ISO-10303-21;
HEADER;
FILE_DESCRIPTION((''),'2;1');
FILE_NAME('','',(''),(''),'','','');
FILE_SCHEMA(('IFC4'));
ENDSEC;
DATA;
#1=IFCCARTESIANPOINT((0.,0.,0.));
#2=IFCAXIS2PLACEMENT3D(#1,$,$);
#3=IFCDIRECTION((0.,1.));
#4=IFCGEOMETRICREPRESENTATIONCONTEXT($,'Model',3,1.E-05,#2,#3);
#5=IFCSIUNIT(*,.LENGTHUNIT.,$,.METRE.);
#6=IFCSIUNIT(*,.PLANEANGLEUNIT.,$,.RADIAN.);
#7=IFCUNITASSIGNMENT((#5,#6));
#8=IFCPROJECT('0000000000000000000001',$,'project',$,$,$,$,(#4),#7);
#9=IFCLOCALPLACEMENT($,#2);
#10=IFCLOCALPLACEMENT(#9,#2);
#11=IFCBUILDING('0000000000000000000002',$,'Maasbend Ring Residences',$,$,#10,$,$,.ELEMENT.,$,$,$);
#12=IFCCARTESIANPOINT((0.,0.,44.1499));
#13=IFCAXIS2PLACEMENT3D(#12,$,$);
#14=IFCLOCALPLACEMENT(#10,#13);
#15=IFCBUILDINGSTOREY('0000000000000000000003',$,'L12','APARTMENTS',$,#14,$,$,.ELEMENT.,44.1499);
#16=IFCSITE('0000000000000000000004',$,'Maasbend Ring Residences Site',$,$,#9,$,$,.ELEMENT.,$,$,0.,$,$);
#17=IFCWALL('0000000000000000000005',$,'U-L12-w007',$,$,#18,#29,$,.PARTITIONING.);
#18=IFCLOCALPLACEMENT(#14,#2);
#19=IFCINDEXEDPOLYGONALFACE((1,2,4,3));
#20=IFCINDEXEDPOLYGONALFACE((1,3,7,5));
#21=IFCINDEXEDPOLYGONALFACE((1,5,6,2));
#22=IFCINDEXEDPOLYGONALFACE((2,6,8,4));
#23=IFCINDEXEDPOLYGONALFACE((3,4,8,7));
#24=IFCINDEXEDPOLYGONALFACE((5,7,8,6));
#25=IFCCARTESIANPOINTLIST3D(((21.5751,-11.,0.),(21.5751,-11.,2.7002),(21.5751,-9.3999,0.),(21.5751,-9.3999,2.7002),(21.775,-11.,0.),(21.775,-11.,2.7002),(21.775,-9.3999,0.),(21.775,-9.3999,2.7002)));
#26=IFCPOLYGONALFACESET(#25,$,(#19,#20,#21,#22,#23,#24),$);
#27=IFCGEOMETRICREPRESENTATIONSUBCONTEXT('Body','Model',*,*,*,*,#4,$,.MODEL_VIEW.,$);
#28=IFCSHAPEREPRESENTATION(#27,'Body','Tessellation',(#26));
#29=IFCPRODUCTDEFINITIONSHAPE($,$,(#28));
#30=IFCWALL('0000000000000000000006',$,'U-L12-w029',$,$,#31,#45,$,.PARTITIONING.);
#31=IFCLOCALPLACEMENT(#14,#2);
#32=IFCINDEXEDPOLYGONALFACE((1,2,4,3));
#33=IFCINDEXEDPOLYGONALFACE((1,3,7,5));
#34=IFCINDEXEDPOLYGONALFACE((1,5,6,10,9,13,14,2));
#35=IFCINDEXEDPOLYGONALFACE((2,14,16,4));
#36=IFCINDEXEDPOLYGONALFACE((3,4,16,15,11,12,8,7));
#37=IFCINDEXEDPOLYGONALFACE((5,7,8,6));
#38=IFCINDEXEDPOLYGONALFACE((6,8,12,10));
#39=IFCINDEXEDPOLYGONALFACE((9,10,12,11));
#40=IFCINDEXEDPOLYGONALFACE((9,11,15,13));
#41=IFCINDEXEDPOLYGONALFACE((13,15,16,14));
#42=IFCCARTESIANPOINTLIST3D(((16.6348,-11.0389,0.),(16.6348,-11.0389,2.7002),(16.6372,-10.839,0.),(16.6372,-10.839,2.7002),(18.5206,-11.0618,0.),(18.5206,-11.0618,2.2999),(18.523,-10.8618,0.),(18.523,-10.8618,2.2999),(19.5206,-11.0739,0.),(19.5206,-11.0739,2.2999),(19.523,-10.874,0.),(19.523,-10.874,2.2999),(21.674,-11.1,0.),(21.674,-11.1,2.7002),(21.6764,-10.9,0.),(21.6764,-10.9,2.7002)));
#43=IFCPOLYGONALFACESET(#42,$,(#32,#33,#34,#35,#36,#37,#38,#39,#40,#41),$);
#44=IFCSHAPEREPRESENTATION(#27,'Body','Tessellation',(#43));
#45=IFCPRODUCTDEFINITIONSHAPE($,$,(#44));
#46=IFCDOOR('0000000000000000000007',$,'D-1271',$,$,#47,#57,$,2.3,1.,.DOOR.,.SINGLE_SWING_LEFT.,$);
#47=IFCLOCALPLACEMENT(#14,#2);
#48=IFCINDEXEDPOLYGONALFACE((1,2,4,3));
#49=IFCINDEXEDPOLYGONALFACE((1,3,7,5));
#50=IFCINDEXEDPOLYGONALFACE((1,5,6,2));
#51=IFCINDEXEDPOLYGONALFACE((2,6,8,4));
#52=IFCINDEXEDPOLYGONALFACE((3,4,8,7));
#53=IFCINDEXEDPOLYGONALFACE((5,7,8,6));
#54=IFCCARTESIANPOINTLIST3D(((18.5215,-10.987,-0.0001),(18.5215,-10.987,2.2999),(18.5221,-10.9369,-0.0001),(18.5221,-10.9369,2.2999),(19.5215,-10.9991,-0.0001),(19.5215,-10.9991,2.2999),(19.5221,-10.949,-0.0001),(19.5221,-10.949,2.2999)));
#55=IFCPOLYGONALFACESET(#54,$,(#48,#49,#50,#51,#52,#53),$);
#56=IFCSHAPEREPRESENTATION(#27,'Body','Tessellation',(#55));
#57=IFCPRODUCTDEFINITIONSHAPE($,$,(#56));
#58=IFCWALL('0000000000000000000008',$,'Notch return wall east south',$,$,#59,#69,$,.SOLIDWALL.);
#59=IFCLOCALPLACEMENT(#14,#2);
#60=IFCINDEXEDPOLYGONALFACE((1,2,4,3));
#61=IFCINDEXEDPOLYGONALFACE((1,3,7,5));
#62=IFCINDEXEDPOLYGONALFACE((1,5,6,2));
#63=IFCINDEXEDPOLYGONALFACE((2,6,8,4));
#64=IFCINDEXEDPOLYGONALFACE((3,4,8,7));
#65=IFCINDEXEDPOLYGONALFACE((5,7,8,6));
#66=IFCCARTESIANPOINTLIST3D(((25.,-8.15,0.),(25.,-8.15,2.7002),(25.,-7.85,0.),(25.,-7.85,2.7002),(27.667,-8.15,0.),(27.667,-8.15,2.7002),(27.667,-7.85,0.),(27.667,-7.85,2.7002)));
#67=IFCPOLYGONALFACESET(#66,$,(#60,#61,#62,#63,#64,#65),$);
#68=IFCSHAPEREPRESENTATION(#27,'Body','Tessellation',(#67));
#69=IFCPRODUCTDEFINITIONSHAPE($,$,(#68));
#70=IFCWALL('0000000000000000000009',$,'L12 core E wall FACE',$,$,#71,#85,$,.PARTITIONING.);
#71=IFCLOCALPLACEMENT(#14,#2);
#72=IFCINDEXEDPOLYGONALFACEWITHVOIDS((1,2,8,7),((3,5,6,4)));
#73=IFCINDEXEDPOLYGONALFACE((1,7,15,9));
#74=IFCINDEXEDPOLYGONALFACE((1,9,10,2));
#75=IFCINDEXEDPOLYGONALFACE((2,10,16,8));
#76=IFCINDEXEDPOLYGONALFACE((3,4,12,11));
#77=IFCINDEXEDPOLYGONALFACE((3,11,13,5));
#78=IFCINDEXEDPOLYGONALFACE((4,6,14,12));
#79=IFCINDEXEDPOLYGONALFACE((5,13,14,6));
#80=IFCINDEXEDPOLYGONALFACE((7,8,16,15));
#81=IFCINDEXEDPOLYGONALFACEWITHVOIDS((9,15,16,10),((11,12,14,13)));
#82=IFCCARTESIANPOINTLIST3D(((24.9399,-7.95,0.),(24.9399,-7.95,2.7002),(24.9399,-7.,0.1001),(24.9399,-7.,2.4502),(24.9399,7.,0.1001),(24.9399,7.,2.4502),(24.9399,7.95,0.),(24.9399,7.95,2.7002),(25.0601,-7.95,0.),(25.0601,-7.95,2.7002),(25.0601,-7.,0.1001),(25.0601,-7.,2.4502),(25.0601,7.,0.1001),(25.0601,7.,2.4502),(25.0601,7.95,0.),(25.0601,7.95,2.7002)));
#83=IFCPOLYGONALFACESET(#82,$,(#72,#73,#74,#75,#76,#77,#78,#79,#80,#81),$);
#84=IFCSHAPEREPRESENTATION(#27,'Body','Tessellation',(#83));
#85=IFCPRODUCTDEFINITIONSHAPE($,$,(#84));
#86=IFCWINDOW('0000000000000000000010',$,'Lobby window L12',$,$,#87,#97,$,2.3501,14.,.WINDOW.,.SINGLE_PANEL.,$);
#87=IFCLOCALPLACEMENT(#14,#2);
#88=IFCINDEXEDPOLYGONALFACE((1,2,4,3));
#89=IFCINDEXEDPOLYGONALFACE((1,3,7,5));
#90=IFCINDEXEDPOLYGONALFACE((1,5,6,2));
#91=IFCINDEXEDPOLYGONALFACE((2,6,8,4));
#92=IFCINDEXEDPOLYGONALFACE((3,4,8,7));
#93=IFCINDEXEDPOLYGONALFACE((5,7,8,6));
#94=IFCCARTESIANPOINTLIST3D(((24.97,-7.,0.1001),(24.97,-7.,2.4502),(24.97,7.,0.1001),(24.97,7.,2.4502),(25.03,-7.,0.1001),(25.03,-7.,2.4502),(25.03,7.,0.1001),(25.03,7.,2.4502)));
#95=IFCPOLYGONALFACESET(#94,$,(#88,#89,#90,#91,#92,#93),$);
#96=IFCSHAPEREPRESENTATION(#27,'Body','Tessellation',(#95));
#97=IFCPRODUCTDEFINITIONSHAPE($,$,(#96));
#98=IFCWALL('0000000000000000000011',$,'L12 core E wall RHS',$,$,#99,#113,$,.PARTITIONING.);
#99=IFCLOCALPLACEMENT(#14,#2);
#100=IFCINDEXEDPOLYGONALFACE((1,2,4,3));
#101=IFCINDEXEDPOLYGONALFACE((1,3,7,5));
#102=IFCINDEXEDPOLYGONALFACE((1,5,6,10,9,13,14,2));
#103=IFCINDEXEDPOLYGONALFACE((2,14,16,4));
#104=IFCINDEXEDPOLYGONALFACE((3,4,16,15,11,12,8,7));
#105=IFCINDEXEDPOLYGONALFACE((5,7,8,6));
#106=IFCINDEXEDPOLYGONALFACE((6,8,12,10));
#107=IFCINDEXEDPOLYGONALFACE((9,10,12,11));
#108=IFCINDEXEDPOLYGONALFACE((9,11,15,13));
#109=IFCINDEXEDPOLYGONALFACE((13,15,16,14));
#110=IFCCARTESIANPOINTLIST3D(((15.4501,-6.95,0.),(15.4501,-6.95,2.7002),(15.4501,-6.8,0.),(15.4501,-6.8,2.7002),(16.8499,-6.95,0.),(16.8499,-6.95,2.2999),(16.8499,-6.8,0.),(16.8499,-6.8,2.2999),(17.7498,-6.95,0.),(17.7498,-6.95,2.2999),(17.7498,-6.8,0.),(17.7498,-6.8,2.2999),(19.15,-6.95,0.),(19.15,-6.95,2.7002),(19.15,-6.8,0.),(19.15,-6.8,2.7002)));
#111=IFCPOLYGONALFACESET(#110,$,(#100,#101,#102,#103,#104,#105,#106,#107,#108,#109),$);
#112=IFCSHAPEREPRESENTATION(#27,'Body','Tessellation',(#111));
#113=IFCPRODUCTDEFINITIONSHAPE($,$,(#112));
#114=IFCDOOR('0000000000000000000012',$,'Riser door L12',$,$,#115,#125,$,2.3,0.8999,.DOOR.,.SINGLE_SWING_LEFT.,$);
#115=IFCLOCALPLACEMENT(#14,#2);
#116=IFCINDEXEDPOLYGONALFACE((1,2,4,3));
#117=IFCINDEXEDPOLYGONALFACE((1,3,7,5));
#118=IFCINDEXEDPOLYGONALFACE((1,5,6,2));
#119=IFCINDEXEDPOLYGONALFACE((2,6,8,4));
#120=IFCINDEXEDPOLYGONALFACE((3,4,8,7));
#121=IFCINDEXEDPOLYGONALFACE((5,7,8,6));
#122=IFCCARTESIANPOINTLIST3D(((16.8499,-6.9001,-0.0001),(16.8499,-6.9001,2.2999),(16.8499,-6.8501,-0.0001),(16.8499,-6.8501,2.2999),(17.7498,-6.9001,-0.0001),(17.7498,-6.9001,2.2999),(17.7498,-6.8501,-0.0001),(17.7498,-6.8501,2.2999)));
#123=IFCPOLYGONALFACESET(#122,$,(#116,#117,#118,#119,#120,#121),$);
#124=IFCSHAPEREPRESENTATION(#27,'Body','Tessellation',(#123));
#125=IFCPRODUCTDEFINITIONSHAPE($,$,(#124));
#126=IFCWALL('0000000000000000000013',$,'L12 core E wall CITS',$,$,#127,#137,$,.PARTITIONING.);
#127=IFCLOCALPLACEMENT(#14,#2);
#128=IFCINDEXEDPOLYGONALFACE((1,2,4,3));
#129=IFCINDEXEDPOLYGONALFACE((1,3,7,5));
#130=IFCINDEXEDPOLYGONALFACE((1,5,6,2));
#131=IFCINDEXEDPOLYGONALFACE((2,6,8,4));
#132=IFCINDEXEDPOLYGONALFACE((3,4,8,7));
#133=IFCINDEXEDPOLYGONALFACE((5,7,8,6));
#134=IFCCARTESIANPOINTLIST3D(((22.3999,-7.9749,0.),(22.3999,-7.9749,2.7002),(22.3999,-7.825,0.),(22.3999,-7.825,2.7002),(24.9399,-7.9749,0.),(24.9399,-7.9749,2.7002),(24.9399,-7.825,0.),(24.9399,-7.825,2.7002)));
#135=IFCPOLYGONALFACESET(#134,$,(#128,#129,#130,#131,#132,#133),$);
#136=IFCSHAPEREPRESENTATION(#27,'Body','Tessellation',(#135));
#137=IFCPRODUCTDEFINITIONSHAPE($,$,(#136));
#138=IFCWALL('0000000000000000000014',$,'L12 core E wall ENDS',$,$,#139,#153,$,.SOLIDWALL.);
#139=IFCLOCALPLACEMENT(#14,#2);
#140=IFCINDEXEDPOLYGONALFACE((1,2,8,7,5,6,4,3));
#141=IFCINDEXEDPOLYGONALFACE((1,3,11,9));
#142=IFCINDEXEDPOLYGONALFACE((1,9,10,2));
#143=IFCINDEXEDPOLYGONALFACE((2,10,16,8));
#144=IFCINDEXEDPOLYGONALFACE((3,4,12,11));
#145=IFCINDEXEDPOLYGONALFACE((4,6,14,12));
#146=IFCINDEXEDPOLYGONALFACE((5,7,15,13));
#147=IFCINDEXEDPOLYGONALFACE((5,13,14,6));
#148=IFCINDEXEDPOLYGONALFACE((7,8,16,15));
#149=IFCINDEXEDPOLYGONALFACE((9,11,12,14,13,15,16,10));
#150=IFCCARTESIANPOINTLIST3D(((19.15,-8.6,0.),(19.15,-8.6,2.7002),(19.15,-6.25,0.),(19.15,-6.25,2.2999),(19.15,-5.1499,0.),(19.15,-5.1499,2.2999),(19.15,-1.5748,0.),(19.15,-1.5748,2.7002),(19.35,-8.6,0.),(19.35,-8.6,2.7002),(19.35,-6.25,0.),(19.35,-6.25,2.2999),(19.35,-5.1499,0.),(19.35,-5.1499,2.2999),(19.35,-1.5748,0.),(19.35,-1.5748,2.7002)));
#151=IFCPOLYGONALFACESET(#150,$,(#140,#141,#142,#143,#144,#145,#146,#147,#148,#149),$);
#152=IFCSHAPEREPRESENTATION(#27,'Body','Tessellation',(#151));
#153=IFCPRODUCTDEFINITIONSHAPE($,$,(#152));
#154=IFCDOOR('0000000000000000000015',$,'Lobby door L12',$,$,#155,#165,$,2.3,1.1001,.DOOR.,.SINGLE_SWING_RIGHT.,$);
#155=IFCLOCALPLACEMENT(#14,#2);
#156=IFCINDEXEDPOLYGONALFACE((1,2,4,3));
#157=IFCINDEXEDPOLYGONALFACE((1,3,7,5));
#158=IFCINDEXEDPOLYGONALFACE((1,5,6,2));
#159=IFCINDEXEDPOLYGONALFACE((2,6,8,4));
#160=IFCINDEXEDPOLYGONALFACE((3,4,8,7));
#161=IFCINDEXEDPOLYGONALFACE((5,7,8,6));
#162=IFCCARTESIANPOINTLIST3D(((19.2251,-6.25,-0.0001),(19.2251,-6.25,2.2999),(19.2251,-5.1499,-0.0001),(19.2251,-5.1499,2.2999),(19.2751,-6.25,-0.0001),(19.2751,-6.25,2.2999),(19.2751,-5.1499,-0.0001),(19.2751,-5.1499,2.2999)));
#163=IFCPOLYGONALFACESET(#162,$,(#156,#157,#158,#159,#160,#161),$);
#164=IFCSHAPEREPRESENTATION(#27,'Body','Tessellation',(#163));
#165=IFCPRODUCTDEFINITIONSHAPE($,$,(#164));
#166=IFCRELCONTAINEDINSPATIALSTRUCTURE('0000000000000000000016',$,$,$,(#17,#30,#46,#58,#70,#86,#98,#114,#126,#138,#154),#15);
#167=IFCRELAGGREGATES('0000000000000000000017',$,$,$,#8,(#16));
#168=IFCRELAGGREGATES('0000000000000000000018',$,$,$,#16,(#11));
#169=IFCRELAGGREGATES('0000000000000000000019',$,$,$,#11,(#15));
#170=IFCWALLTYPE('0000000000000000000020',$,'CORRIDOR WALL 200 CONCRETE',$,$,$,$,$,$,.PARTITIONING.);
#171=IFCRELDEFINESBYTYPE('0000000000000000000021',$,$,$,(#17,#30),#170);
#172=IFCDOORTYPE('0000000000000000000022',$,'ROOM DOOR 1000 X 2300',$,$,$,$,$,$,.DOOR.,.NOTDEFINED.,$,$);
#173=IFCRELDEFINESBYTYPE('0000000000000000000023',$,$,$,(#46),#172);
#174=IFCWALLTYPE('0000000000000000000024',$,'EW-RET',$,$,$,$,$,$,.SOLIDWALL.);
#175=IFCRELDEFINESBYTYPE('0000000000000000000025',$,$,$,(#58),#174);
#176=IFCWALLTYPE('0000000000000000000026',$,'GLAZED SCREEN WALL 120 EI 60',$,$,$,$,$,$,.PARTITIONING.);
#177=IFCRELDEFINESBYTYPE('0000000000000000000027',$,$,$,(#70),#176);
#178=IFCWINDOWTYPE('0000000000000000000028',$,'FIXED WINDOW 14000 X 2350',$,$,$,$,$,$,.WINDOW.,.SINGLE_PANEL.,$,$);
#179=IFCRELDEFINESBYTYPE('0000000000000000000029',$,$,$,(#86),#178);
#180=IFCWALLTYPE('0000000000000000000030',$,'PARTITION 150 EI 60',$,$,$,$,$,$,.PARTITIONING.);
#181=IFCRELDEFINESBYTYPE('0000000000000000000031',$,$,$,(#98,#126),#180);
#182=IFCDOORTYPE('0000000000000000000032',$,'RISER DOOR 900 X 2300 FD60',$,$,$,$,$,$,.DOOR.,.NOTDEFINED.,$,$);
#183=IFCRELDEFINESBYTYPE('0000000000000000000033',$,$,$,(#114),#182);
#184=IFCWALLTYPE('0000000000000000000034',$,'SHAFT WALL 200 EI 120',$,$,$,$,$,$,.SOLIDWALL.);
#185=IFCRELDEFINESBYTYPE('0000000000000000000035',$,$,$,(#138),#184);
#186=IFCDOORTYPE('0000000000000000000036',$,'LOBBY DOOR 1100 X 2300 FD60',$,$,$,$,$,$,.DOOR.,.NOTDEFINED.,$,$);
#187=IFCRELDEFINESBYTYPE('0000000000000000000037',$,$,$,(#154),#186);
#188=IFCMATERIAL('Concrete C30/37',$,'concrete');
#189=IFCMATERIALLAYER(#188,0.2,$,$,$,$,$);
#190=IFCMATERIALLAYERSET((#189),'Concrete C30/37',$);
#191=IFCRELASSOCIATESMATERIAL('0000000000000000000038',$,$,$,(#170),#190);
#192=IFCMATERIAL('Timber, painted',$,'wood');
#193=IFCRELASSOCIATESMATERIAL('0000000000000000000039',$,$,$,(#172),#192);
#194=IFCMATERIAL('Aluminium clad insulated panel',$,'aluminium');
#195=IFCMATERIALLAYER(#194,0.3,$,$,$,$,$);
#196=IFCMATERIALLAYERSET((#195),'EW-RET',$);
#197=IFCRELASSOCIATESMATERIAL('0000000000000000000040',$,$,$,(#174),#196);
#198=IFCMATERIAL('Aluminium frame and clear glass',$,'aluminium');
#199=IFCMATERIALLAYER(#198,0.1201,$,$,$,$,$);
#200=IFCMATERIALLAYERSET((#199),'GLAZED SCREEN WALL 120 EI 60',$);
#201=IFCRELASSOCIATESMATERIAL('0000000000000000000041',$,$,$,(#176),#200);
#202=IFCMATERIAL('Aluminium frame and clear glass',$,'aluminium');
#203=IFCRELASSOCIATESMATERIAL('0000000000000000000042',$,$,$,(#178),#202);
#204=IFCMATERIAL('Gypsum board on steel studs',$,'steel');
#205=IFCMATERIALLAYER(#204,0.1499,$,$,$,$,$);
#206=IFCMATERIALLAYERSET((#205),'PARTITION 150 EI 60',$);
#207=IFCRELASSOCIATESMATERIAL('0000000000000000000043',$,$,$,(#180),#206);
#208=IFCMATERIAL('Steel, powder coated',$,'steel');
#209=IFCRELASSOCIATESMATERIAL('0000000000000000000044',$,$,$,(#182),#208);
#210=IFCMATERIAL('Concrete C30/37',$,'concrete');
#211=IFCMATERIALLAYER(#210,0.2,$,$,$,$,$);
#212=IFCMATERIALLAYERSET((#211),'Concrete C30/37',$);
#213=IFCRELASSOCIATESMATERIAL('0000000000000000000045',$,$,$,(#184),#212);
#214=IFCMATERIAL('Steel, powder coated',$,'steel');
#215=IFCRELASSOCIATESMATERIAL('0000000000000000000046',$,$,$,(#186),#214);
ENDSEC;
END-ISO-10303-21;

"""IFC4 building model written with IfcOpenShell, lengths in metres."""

from ifc_helpers import new_model, si_unit, direction, frame, frame_2d, origin, place, context, subcontext, project, spatial, rectangle, extrude, material, layer, layer_set, type_object, element, fill, save


model = new_model("IFC4")

# Units and contexts
model_context = context("Model", 3, precision=1e-05, world=origin(), true_north=direction((0.0, 1.0)))
body_context = subcontext(model_context, "Body", "Model", "MODEL_VIEW")
ifc_project = project(units=[si_unit("LENGTHUNIT", "METRE"), si_unit("PLANEANGLEUNIT", "RADIAN")], contexts=[model_context])

# Site, building, storey
site_placement = place(None, origin())
site = spatial("IfcSite", under=ifc_project, at=site_placement, Name="Maasbend Ring Residences Site", CompositionType="ELEMENT", RefElevation=0.0)
building_placement = place(site_placement, origin())
building = spatial("IfcBuilding", under=site, at=building_placement, Name="Maasbend Ring Residences", CompositionType="ELEMENT")
storey_placement = place(building_placement, frame((0.0, 0.0, 44.1499)))
storey = spatial("IfcBuildingStorey", under=building, at=storey_placement, Name="L12", Description="APARTMENTS", CompositionType="ELEMENT", Elevation=44.1499)

# Wall
ifc_material_1 = material(Name="Concrete C30/37", Category="concrete")
ifc_layer_1 = layer(ifc_material_1, 0.2)
ifc_layer_set_1 = layer_set([ifc_layer_1], Name="Concrete C30/37")
wall_type_1 = type_object("IfcWallType", Name="CORRIDOR WALL 200 CONCRETE", PredefinedType="PARTITIONING", material=ifc_layer_set_1)
wall_1_placement = place(storey_placement, frame((21.675, -11.0, 0.0), z_axis=(0.0, 0.0, 1.0), x_axis=(0.0, 1.0, 0.0)))
element("IfcWall", 1, at=wall_1_placement, inside=storey, type_object=wall_type_1, Name="U-L12-w007", PredefinedType="PARTITIONING", context=body_context, shape_type="SweptSolid", body=[
    extrude(rectangle(XDim=1.6001, YDim=0.2, at=frame_2d((0.8, 0.0))), origin(), (0.0, 0.0, 1.0), 2.7002),
])

# Wall, opening, door
wall_2_placement = place(storey_placement, frame((16.636, -10.939, 0.0), z_axis=(0.0, 0.0, 1.0), x_axis=(0.999927, -0.012112, 0.0)))
wall_2 = element("IfcWall", 2, at=wall_2_placement, inside=storey, type_object=wall_type_1, Name="U-L12-w029", PredefinedType="PARTITIONING", context=body_context, shape_type="SweptSolid", body=[
    extrude(rectangle(XDim=5.0396, YDim=0.2, at=frame_2d((2.5198, 0.0))), origin(), (0.0, 0.0, 1.0), 2.7002),
])
opening_1_placement = place(wall_2_placement, frame((1.886, 0.0, 0.0)))
opening_1 = element("IfcOpeningElement", 3, at=opening_1_placement, cuts=wall_2, PredefinedType="OPENING", context=body_context, shape_type="SweptSolid", body=[
    extrude(rectangle(XDim=1.0, YDim=2.3, at=frame_2d((0.5, 1.1499))), frame((0.0, 0.1099, 0.0), z_axis=(0.0, -1.0, 0.0), x_axis=(1.0, 0.0, 0.0)), (0.0, 0.0, 1.0), 0.22),
])
ifc_material_2 = material(Name="Timber, painted", Category="wood")
door_type_1 = type_object("IfcDoorType", Name="ROOM DOOR 1000 X 2300", OperationType="NOTDEFINED", PredefinedType="DOOR", material=ifc_material_2)
door_1_placement = place(opening_1_placement, origin())
door_1 = element("IfcDoor", 4, at=door_1_placement, inside=storey, type_object=door_type_1, Name="D-1271", OperationType="SINGLE_SWING_LEFT", OverallHeight=2.3, OverallWidth=1.0, PredefinedType="DOOR", context=body_context, shape_type="SweptSolid", body=[
    extrude(rectangle(XDim=1.0, YDim=2.3, at=frame_2d((0.5, 1.1499))), frame((0.0, 0.0249, 0.0), z_axis=(0.0, -1.0, 0.0), x_axis=(1.0, 0.0, 0.0)), (0.0, 0.0, 1.0), 0.05),
])
fill(opening_1, door_1)

# Wall
ifc_material_3 = material(Name="Aluminium clad insulated panel", Category="aluminium")
ifc_layer_2 = layer(ifc_material_3, 0.3)
ifc_layer_set_2 = layer_set([ifc_layer_2], Name="EW-RET")
wall_type_2 = type_object("IfcWallType", Name="EW-RET", PredefinedType="SOLIDWALL", material=ifc_layer_set_2)
wall_3_placement = place(storey_placement, frame((25.0, -8.0, 0.0), z_axis=(0.0, 0.0, 1.0), x_axis=(1.0, 0.0, 0.0)))
element("IfcWall", 5, at=wall_3_placement, inside=storey, type_object=wall_type_2, Name="Notch return wall east south", PredefinedType="SOLIDWALL", context=body_context, shape_type="SweptSolid", body=[
    extrude(rectangle(XDim=2.667, YDim=0.3, at=frame_2d((1.3335, 0.0))), origin(), (0.0, 0.0, 1.0), 2.7002),
])

# Wall, opening, window
ifc_material_4 = material(Name="Aluminium frame and clear glass", Category="aluminium")
ifc_layer_3 = layer(ifc_material_4, 0.1201)
ifc_layer_set_3 = layer_set([ifc_layer_3], Name="GLAZED SCREEN WALL 120 EI 60")
wall_type_3 = type_object("IfcWallType", Name="GLAZED SCREEN WALL 120 EI 60", PredefinedType="PARTITIONING", material=ifc_layer_set_3)
wall_4_placement = place(storey_placement, frame((25.0, -7.95, 0.0), z_axis=(0.0, 0.0, 1.0), x_axis=(0.0, 1.0, 0.0)))
wall_4 = element("IfcWall", 6, at=wall_4_placement, inside=storey, type_object=wall_type_3, Name="L12 core E wall FACE", PredefinedType="PARTITIONING", context=body_context, shape_type="SweptSolid", body=[
    extrude(rectangle(XDim=15.8999, YDim=0.1201, at=frame_2d((7.95, 0.0))), origin(), (0.0, 0.0, 1.0), 2.7002),
])
opening_2_placement = place(wall_4_placement, frame((0.95, 0.0, 0.1001)))
opening_2 = element("IfcOpeningElement", 7, at=opening_2_placement, cuts=wall_4, PredefinedType="OPENING", context=body_context, shape_type="SweptSolid", body=[
    extrude(rectangle(XDim=14.0, YDim=2.3501, at=frame_2d((7.0, 1.175))), frame((0.0, 0.0701, 0.0), z_axis=(0.0, -1.0, 0.0), x_axis=(1.0, 0.0, 0.0)), (0.0, 0.0, 1.0), 0.1401),
])
ifc_material_5 = material(Name="Aluminium frame and clear glass", Category="aluminium")
window_type = type_object("IfcWindowType", Name="FIXED WINDOW 14000 X 2350", PartitioningType="SINGLE_PANEL", PredefinedType="WINDOW", material=ifc_material_5)
window_placement = place(opening_2_placement, origin())
window = element("IfcWindow", 8, at=window_placement, inside=storey, type_object=window_type, Name="Lobby window L12", OverallHeight=2.3501, OverallWidth=14.0, PartitioningType="SINGLE_PANEL", PredefinedType="WINDOW", context=body_context, shape_type="SweptSolid", body=[
    extrude(rectangle(XDim=14.0, YDim=2.3501, at=frame_2d((7.0, 1.175))), frame((0.0, 0.03, 0.0), z_axis=(0.0, -1.0, 0.0), x_axis=(1.0, 0.0, 0.0)), (0.0, 0.0, 1.0), 0.0601),
])
fill(opening_2, window)

# Wall, opening, door
ifc_material_6 = material(Name="Gypsum board on steel studs", Category="steel")
ifc_layer_4 = layer(ifc_material_6, 0.1499)
ifc_layer_set_4 = layer_set([ifc_layer_4], Name="PARTITION 150 EI 60")
wall_type_4 = type_object("IfcWallType", Name="PARTITION 150 EI 60", PredefinedType="PARTITIONING", material=ifc_layer_set_4)
wall_5_placement = place(storey_placement, frame((15.45, -6.875, 0.0), z_axis=(0.0, 0.0, 1.0), x_axis=(1.0, 0.0, 0.0)))
wall_5 = element("IfcWall", 9, at=wall_5_placement, inside=storey, type_object=wall_type_4, Name="L12 core E wall RHS", PredefinedType="PARTITIONING", context=body_context, shape_type="SweptSolid", body=[
    extrude(rectangle(XDim=3.7, YDim=0.1499, at=frame_2d((1.8501, 0.0))), origin(), (0.0, 0.0, 1.0), 2.7002),
])
opening_3_placement = place(wall_5_placement, frame((1.3999, 0.0, 0.0)))
opening_3 = element("IfcOpeningElement", 10, at=opening_3_placement, cuts=wall_5, PredefinedType="OPENING", context=body_context, shape_type="SweptSolid", body=[
    extrude(rectangle(XDim=0.8999, YDim=2.3, at=frame_2d((0.45, 1.1499))), frame((0.0, 0.085, 0.0), z_axis=(0.0, -1.0, 0.0), x_axis=(1.0, 0.0, 0.0)), (0.0, 0.0, 1.0), 0.1699),
])
ifc_material_7 = material(Name="Steel, powder coated", Category="steel")
door_type_2 = type_object("IfcDoorType", Name="RISER DOOR 900 X 2300 FD60", OperationType="NOTDEFINED", PredefinedType="DOOR", material=ifc_material_7)
door_2_placement = place(opening_3_placement, origin())
door_2 = element("IfcDoor", 11, at=door_2_placement, inside=storey, type_object=door_type_2, Name="Riser door L12", OperationType="SINGLE_SWING_LEFT", OverallHeight=2.3, OverallWidth=0.8999, PredefinedType="DOOR", context=body_context, shape_type="SweptSolid", body=[
    extrude(rectangle(XDim=0.8999, YDim=2.3, at=frame_2d((0.45, 1.1499))), frame((0.0, 0.0249, 0.0), z_axis=(0.0, -1.0, 0.0), x_axis=(1.0, 0.0, 0.0)), (0.0, 0.0, 1.0), 0.05),
])
fill(opening_3, door_2)

# Wall
wall_6_placement = place(storey_placement, frame((22.3999, -7.8999, 0.0), z_axis=(0.0, 0.0, 1.0), x_axis=(1.0, 0.0, 0.0)))
element("IfcWall", 12, at=wall_6_placement, inside=storey, type_object=wall_type_4, Name="L12 core E wall CITS", PredefinedType="PARTITIONING", context=body_context, shape_type="SweptSolid", body=[
    extrude(rectangle(XDim=2.54, YDim=0.1499, at=frame_2d((1.27, 0.0))), origin(), (0.0, 0.0, 1.0), 2.7002),
])

# Wall, opening, door
ifc_material_8 = material(Name="Concrete C30/37", Category="concrete")
ifc_layer_5 = layer(ifc_material_8, 0.2)
ifc_layer_set_5 = layer_set([ifc_layer_5], Name="Concrete C30/37")
wall_type_5 = type_object("IfcWallType", Name="SHAFT WALL 200 EI 120", PredefinedType="SOLIDWALL", material=ifc_layer_set_5)
wall_7_placement = place(storey_placement, frame((19.25, -8.6001, 0.0), z_axis=(0.0, 0.0, 1.0), x_axis=(0.0, 1.0, 0.0)))
wall_7 = element("IfcWall", 13, at=wall_7_placement, inside=storey, type_object=wall_type_5, Name="L12 core E wall ENDS", PredefinedType="SOLIDWALL", context=body_context, shape_type="SweptSolid", body=[
    extrude(rectangle(XDim=7.0251, YDim=0.2, at=frame_2d((3.5127, 0.0))), origin(), (0.0, 0.0, 1.0), 2.7002),
])
opening_4_placement = place(wall_7_placement, frame((2.3501, 0.0, 0.0)))
opening_4 = element("IfcOpeningElement", 14, at=opening_4_placement, cuts=wall_7, PredefinedType="OPENING", context=body_context, shape_type="SweptSolid", body=[
    extrude(rectangle(XDim=1.1001, YDim=2.3, at=frame_2d((0.55, 1.1499))), frame((0.0, 0.1099, 0.0), z_axis=(0.0, -1.0, 0.0), x_axis=(1.0, 0.0, 0.0)), (0.0, 0.0, 1.0), 0.22),
])
ifc_material_9 = material(Name="Steel, powder coated", Category="steel")
door_type_3 = type_object("IfcDoorType", Name="LOBBY DOOR 1100 X 2300 FD60", OperationType="NOTDEFINED", PredefinedType="DOOR", material=ifc_material_9)
door_3_placement = place(opening_4_placement, origin())
door_3 = element("IfcDoor", 15, at=door_3_placement, inside=storey, type_object=door_type_3, Name="Lobby door L12", OperationType="SINGLE_SWING_RIGHT", OverallHeight=2.3, OverallWidth=1.1001, PredefinedType="DOOR", context=body_context, shape_type="SweptSolid", body=[
    extrude(rectangle(XDim=1.1001, YDim=2.3, at=frame_2d((0.55, 1.1499))), frame((0.0, 0.0249, 0.0), z_axis=(0.0, -1.0, 0.0), x_axis=(1.0, 0.0, 0.0)), (0.0, 0.0, 1.0), 0.05),
])
fill(opening_4, door_3)

save(model, "model.ifc")
